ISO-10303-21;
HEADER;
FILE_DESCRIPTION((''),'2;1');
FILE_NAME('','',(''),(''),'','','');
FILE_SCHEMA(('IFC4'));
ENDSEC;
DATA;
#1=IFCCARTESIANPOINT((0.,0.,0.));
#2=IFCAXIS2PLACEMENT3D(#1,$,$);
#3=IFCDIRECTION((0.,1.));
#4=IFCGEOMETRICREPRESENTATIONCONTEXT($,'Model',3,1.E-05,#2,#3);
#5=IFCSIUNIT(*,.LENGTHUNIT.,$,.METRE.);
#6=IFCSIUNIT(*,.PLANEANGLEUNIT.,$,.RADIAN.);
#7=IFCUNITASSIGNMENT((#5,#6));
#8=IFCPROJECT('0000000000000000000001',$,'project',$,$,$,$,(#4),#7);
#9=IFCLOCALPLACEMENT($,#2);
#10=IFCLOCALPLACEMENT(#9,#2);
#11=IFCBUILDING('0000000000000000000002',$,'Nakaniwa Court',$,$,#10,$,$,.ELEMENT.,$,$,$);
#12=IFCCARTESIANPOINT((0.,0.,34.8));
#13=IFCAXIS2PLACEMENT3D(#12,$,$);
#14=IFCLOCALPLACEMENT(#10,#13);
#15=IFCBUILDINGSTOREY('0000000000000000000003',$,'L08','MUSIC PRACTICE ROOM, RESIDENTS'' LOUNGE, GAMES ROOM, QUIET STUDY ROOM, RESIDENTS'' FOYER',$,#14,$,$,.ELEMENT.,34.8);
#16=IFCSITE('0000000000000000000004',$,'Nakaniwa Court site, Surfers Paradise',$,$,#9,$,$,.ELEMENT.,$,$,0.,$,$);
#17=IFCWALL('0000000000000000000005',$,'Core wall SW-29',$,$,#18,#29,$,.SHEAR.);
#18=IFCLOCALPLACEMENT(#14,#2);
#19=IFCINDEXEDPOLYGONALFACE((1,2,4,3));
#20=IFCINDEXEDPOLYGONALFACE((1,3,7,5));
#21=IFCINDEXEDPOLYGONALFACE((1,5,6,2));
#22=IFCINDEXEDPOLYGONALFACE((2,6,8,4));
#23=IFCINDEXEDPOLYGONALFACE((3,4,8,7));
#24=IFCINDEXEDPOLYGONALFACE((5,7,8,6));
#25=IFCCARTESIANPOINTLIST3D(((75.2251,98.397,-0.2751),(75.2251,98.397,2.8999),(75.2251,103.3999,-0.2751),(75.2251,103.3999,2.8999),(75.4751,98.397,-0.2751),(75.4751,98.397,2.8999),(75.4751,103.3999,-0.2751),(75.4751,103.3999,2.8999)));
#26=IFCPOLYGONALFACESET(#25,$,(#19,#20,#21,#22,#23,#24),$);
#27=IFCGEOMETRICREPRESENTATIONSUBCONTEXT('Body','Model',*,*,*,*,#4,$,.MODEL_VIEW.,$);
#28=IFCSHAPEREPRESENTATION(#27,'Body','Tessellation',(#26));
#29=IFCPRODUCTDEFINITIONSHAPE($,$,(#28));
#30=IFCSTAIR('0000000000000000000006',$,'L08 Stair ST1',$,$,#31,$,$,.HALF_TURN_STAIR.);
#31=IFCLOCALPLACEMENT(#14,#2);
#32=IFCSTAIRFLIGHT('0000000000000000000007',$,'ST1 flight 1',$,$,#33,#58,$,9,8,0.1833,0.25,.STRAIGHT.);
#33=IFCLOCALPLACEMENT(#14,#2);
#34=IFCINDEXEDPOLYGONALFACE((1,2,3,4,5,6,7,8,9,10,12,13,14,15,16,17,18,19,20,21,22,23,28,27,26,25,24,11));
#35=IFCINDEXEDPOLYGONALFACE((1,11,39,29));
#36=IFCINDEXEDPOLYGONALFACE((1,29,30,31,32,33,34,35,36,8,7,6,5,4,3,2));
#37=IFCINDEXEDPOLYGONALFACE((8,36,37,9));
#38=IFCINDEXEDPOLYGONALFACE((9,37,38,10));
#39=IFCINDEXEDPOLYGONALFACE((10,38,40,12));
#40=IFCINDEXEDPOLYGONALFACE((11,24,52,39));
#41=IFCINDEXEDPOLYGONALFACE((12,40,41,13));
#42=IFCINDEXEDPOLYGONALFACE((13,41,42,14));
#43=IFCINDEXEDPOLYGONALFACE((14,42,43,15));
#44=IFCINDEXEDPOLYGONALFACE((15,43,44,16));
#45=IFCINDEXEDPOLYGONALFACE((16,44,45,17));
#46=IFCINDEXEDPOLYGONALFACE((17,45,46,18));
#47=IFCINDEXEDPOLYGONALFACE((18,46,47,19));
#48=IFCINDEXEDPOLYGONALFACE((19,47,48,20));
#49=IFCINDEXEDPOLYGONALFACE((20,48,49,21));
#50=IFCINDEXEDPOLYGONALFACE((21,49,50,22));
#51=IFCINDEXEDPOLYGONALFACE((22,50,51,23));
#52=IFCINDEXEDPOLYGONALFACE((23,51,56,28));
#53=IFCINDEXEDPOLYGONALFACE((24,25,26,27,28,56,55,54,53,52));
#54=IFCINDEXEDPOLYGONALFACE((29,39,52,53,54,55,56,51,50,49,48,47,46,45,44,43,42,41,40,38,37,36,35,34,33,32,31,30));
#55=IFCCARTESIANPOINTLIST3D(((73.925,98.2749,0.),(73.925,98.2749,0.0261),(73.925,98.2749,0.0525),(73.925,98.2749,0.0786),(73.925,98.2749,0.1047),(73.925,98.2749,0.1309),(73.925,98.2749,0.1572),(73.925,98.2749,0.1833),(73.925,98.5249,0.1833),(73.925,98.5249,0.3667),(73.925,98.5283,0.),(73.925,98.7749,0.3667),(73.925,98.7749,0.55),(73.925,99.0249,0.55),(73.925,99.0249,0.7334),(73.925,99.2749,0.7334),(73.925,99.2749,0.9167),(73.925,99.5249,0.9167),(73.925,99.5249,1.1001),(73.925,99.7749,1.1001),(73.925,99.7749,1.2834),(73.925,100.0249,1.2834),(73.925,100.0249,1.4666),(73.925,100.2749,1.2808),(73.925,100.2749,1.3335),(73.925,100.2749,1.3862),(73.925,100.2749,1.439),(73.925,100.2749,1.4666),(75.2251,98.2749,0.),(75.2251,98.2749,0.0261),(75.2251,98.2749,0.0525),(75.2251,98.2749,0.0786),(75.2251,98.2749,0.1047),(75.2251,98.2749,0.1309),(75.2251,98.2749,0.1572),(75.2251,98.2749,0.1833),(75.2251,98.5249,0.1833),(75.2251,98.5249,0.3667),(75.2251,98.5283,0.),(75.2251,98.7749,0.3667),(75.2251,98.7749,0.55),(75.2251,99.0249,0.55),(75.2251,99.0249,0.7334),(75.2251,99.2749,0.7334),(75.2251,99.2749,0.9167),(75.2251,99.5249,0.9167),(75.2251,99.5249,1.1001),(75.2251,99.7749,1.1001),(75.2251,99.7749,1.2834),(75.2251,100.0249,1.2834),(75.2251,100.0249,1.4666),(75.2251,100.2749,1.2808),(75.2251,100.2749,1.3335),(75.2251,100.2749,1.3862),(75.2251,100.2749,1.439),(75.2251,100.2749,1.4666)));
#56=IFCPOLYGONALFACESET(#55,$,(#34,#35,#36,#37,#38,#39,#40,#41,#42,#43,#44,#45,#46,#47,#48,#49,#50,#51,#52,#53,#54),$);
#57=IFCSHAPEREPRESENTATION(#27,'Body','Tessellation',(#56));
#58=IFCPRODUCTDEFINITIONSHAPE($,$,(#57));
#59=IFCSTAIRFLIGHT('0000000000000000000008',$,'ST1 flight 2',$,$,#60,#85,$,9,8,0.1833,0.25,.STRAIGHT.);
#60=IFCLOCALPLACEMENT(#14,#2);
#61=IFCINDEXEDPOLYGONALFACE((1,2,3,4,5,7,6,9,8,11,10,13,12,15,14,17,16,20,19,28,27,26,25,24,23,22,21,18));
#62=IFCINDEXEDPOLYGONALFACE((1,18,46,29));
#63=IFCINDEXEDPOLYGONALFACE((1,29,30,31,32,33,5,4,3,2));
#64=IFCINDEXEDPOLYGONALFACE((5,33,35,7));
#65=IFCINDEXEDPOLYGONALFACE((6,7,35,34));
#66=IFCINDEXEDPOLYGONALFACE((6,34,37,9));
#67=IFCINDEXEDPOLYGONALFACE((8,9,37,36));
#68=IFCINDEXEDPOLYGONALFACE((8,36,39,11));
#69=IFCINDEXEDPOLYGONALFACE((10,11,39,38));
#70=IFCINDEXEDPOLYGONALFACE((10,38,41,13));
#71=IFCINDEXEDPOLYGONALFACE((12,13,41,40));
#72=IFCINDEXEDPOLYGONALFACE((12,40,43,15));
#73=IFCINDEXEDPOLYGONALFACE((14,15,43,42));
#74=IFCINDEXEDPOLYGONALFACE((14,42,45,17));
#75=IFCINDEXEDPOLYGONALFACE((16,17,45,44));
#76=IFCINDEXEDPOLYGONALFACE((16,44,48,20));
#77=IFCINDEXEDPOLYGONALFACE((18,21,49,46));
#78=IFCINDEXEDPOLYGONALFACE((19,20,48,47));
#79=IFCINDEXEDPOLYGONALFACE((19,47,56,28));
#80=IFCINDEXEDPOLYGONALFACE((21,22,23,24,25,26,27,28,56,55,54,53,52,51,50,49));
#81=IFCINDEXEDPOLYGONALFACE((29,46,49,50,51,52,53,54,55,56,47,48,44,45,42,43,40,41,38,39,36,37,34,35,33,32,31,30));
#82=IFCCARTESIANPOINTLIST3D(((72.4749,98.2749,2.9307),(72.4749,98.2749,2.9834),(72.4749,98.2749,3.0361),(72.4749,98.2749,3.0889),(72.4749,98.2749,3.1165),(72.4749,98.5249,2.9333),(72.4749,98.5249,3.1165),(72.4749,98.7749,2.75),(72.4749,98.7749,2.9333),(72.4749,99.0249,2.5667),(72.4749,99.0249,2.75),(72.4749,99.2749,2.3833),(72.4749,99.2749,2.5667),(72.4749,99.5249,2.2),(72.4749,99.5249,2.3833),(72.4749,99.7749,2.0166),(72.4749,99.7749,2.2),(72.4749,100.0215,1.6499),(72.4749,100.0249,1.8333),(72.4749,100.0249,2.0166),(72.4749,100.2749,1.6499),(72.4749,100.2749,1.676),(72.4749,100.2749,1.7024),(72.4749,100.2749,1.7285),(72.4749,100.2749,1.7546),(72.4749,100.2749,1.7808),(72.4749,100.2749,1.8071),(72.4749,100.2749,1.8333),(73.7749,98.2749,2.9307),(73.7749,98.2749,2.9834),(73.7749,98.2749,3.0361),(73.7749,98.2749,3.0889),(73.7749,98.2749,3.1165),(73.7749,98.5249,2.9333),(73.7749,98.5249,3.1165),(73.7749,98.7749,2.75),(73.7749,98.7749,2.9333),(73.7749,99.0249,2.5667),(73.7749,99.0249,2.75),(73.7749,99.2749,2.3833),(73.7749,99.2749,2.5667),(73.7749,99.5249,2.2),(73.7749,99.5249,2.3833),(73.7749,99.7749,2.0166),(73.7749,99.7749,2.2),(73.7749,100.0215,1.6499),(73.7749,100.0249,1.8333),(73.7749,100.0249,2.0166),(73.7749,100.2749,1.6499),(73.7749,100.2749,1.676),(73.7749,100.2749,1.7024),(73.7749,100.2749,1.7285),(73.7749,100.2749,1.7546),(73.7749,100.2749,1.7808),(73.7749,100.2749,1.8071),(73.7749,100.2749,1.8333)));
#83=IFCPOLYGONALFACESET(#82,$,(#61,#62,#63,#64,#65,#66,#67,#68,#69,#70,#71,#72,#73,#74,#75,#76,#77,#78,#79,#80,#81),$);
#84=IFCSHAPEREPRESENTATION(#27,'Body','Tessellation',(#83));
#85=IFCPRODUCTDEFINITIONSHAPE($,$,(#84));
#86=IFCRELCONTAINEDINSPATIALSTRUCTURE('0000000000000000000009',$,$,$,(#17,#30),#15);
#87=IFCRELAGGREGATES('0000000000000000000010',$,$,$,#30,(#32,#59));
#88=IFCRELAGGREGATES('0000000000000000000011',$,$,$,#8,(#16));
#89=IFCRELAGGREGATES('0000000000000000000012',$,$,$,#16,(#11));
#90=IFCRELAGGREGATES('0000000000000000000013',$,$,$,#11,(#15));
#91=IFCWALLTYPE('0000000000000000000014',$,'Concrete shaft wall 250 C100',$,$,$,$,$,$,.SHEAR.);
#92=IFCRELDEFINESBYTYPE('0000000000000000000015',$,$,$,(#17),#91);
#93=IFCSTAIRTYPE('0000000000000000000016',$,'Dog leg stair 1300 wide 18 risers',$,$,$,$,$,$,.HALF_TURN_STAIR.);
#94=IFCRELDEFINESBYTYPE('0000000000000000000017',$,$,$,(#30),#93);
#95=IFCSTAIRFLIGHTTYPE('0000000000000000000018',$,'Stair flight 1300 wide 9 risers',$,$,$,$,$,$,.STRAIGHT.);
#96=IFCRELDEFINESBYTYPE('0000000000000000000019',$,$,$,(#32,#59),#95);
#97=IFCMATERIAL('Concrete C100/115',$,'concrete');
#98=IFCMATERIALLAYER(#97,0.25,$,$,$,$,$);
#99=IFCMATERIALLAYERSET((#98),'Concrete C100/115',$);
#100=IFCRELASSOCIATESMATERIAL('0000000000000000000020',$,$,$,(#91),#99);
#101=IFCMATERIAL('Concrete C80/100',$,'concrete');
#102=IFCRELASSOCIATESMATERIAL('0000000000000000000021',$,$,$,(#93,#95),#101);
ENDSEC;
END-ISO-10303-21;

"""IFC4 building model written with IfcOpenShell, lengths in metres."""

from ifc_helpers import new_model, si_unit, direction, frame, frame_2d, origin, place, context, subcontext, project, spatial, polyline, rectangle, outline, extrude, material, layer, layer_set, type_object, element, aggregate, save


model = new_model("IFC4")

# Units and contexts
model_context = context("Model", 3, precision=1e-05, world=origin(), true_north=direction((0.0, 1.0)))
body_context = subcontext(model_context, "Body", "Model", "MODEL_VIEW")
ifc_project = project(units=[si_unit("LENGTHUNIT", "METRE"), si_unit("PLANEANGLEUNIT", "RADIAN")], contexts=[model_context])

# Site, building, storey
site_placement = place(None, origin())
site = spatial("IfcSite", under=ifc_project, at=site_placement, Name="Nakaniwa Court site, Surfers Paradise", CompositionType="ELEMENT", RefElevation=0.0)
building_placement = place(site_placement, origin())
building = spatial("IfcBuilding", under=site, at=building_placement, Name="Nakaniwa Court", CompositionType="ELEMENT")
storey_placement = place(building_placement, frame((0.0, 0.0, 34.8)))
storey = spatial("IfcBuildingStorey", under=building, at=storey_placement, Name="L08", Description="MUSIC PRACTICE ROOM, RESIDENTS' LOUNGE, GAMES ROOM, QUIET STUDY ROOM, RESIDENTS' FOYER", CompositionType="ELEMENT", Elevation=34.8)

# Shared definitions
ifc_material_1 = material(Name="Concrete C100/115", Category="concrete")

# Shared definitions
ifc_material_2 = material(Name="Concrete C80/100", Category="concrete")

# Wall
ifc_layer_1 = layer(ifc_material_1, 0.25)
ifc_layer_set_1 = layer_set([ifc_layer_1], Name="Concrete C100/115")
wall_type_1 = type_object("IfcWallType", Name="Concrete shaft wall 250 C100", PredefinedType="SHEAR", material=ifc_layer_set_1)
wall_1_placement = place(storey_placement, frame((75.3501, 98.397, -0.2751), z_axis=(0.0, 0.0, 1.0), x_axis=(0.0, 1.0, 0.0)))
element("IfcWall", 1, at=wall_1_placement, inside=storey, type_object=wall_type_1, Name="Core wall SW-29", PredefinedType="SHEAR", context=body_context, shape_type="SweptSolid", body=[
    extrude(rectangle(XDim=5.0029, YDim=0.25, at=frame_2d((2.5015, 0.0))), origin(), (0.0, 0.0, 1.0), 3.175),
])

# Stair, stair flights
stair_type = type_object("IfcStairType", Name="Dog leg stair 1300 wide 18 risers", PredefinedType="HALF_TURN_STAIR", material=ifc_material_2)
stair_placement = place(storey_placement, origin())
stair = element("IfcStair", 2, at=stair_placement, inside=storey, type_object=stair_type, Name="L08 Stair ST1", PredefinedType="HALF_TURN_STAIR")
stair_flight_type = type_object("IfcStairFlightType", Name="Stair flight 1300 wide 9 risers", PredefinedType="STRAIGHT", material=ifc_material_2)
stair_flight_1_placement = place(storey_placement, frame((74.575, 98.2749, 0.0), z_axis=(0.0, 0.0, 1.0), x_axis=(0.0, 1.0, 0.0)))
stair_flight_1 = element("IfcStairFlight", 3, at=stair_flight_1_placement, type_object=stair_flight_type, Name="ST1 flight 1", NumberOfRisers=9, NumberOfTreads=8, PredefinedType="STRAIGHT", RiserHeight=0.1833, TreadLength=0.25, context=body_context, shape_type="SweptSolid", body=[
    extrude(outline(polyline([(0.0, 0.0), (0.0, 0.0261), (0.0, 0.0525), (0.0, 0.0786), (0.0, 0.1047), (0.0, 0.1309), (0.0, 0.1572), (0.0, 0.1833), (0.25, 0.1833), (0.25, 0.3667), (0.5, 0.3667), (0.5, 0.55), (0.75, 0.55), (0.75, 0.7334), (1.0, 0.7334), (1.0, 0.9167), (1.25, 0.9167), (1.25, 1.1001), (1.5, 1.1001), (1.5, 1.2834), (1.75, 1.2834), (1.75, 1.4666), (2.0, 1.4666), (2.0, 1.6499), (2.0, 1.5972), (2.0, 1.5444), (2.0, 1.4917), (2.0, 1.439), (2.0, 1.3862), (2.0, 1.3335), (2.0, 1.2808), (0.2534, 0.0), (0.0, 0.0)])), frame((0.0, 0.6499, 0.0), z_axis=(0.0, -1.0, 0.0), x_axis=(1.0, 0.0, 0.0)), (0.0, 0.0, 1.0), 1.3),
])
stair_flight_2_placement = place(storey_placement, frame((73.125, 100.2749, 1.6499), z_axis=(0.0, 0.0, 1.0), x_axis=(0.0, -1.0, 0.0)))
stair_flight_2 = element("IfcStairFlight", 4, at=stair_flight_2_placement, type_object=stair_flight_type, Name="ST1 flight 2", NumberOfRisers=9, NumberOfTreads=8, PredefinedType="STRAIGHT", RiserHeight=0.1833, TreadLength=0.25, context=body_context, shape_type="SweptSolid", body=[
    extrude(outline(polyline([(0.0, 0.0), (0.0, 0.0261), (0.0, 0.0525), (0.0, 0.0786), (0.0, 0.1047), (0.0, 0.1309), (0.0, 0.1572), (0.0, 0.1833), (0.25, 0.1833), (0.25, 0.3667), (0.5, 0.3667), (0.5, 0.55), (0.75, 0.55), (0.75, 0.7334), (1.0, 0.7334), (1.0, 0.9167), (1.25, 0.9167), (1.25, 1.1001), (1.5, 1.1001), (1.5, 1.2834), (1.75, 1.2834), (1.75, 1.4666), (2.0, 1.4666), (2.0, 1.6499), (2.0, 1.5972), (2.0, 1.5444), (2.0, 1.4917), (2.0, 1.439), (2.0, 1.3862), (2.0, 1.3335), (2.0, 1.2808), (0.2534, 0.0), (0.0, 0.0)])), frame((0.0, 0.6499, 0.0), z_axis=(0.0, -1.0, 0.0), x_axis=(1.0, 0.0, 0.0)), (0.0, 0.0, 1.0), 1.3),
])
aggregate(stair, [stair_flight_1, stair_flight_2])

save(model, "model.ifc")
